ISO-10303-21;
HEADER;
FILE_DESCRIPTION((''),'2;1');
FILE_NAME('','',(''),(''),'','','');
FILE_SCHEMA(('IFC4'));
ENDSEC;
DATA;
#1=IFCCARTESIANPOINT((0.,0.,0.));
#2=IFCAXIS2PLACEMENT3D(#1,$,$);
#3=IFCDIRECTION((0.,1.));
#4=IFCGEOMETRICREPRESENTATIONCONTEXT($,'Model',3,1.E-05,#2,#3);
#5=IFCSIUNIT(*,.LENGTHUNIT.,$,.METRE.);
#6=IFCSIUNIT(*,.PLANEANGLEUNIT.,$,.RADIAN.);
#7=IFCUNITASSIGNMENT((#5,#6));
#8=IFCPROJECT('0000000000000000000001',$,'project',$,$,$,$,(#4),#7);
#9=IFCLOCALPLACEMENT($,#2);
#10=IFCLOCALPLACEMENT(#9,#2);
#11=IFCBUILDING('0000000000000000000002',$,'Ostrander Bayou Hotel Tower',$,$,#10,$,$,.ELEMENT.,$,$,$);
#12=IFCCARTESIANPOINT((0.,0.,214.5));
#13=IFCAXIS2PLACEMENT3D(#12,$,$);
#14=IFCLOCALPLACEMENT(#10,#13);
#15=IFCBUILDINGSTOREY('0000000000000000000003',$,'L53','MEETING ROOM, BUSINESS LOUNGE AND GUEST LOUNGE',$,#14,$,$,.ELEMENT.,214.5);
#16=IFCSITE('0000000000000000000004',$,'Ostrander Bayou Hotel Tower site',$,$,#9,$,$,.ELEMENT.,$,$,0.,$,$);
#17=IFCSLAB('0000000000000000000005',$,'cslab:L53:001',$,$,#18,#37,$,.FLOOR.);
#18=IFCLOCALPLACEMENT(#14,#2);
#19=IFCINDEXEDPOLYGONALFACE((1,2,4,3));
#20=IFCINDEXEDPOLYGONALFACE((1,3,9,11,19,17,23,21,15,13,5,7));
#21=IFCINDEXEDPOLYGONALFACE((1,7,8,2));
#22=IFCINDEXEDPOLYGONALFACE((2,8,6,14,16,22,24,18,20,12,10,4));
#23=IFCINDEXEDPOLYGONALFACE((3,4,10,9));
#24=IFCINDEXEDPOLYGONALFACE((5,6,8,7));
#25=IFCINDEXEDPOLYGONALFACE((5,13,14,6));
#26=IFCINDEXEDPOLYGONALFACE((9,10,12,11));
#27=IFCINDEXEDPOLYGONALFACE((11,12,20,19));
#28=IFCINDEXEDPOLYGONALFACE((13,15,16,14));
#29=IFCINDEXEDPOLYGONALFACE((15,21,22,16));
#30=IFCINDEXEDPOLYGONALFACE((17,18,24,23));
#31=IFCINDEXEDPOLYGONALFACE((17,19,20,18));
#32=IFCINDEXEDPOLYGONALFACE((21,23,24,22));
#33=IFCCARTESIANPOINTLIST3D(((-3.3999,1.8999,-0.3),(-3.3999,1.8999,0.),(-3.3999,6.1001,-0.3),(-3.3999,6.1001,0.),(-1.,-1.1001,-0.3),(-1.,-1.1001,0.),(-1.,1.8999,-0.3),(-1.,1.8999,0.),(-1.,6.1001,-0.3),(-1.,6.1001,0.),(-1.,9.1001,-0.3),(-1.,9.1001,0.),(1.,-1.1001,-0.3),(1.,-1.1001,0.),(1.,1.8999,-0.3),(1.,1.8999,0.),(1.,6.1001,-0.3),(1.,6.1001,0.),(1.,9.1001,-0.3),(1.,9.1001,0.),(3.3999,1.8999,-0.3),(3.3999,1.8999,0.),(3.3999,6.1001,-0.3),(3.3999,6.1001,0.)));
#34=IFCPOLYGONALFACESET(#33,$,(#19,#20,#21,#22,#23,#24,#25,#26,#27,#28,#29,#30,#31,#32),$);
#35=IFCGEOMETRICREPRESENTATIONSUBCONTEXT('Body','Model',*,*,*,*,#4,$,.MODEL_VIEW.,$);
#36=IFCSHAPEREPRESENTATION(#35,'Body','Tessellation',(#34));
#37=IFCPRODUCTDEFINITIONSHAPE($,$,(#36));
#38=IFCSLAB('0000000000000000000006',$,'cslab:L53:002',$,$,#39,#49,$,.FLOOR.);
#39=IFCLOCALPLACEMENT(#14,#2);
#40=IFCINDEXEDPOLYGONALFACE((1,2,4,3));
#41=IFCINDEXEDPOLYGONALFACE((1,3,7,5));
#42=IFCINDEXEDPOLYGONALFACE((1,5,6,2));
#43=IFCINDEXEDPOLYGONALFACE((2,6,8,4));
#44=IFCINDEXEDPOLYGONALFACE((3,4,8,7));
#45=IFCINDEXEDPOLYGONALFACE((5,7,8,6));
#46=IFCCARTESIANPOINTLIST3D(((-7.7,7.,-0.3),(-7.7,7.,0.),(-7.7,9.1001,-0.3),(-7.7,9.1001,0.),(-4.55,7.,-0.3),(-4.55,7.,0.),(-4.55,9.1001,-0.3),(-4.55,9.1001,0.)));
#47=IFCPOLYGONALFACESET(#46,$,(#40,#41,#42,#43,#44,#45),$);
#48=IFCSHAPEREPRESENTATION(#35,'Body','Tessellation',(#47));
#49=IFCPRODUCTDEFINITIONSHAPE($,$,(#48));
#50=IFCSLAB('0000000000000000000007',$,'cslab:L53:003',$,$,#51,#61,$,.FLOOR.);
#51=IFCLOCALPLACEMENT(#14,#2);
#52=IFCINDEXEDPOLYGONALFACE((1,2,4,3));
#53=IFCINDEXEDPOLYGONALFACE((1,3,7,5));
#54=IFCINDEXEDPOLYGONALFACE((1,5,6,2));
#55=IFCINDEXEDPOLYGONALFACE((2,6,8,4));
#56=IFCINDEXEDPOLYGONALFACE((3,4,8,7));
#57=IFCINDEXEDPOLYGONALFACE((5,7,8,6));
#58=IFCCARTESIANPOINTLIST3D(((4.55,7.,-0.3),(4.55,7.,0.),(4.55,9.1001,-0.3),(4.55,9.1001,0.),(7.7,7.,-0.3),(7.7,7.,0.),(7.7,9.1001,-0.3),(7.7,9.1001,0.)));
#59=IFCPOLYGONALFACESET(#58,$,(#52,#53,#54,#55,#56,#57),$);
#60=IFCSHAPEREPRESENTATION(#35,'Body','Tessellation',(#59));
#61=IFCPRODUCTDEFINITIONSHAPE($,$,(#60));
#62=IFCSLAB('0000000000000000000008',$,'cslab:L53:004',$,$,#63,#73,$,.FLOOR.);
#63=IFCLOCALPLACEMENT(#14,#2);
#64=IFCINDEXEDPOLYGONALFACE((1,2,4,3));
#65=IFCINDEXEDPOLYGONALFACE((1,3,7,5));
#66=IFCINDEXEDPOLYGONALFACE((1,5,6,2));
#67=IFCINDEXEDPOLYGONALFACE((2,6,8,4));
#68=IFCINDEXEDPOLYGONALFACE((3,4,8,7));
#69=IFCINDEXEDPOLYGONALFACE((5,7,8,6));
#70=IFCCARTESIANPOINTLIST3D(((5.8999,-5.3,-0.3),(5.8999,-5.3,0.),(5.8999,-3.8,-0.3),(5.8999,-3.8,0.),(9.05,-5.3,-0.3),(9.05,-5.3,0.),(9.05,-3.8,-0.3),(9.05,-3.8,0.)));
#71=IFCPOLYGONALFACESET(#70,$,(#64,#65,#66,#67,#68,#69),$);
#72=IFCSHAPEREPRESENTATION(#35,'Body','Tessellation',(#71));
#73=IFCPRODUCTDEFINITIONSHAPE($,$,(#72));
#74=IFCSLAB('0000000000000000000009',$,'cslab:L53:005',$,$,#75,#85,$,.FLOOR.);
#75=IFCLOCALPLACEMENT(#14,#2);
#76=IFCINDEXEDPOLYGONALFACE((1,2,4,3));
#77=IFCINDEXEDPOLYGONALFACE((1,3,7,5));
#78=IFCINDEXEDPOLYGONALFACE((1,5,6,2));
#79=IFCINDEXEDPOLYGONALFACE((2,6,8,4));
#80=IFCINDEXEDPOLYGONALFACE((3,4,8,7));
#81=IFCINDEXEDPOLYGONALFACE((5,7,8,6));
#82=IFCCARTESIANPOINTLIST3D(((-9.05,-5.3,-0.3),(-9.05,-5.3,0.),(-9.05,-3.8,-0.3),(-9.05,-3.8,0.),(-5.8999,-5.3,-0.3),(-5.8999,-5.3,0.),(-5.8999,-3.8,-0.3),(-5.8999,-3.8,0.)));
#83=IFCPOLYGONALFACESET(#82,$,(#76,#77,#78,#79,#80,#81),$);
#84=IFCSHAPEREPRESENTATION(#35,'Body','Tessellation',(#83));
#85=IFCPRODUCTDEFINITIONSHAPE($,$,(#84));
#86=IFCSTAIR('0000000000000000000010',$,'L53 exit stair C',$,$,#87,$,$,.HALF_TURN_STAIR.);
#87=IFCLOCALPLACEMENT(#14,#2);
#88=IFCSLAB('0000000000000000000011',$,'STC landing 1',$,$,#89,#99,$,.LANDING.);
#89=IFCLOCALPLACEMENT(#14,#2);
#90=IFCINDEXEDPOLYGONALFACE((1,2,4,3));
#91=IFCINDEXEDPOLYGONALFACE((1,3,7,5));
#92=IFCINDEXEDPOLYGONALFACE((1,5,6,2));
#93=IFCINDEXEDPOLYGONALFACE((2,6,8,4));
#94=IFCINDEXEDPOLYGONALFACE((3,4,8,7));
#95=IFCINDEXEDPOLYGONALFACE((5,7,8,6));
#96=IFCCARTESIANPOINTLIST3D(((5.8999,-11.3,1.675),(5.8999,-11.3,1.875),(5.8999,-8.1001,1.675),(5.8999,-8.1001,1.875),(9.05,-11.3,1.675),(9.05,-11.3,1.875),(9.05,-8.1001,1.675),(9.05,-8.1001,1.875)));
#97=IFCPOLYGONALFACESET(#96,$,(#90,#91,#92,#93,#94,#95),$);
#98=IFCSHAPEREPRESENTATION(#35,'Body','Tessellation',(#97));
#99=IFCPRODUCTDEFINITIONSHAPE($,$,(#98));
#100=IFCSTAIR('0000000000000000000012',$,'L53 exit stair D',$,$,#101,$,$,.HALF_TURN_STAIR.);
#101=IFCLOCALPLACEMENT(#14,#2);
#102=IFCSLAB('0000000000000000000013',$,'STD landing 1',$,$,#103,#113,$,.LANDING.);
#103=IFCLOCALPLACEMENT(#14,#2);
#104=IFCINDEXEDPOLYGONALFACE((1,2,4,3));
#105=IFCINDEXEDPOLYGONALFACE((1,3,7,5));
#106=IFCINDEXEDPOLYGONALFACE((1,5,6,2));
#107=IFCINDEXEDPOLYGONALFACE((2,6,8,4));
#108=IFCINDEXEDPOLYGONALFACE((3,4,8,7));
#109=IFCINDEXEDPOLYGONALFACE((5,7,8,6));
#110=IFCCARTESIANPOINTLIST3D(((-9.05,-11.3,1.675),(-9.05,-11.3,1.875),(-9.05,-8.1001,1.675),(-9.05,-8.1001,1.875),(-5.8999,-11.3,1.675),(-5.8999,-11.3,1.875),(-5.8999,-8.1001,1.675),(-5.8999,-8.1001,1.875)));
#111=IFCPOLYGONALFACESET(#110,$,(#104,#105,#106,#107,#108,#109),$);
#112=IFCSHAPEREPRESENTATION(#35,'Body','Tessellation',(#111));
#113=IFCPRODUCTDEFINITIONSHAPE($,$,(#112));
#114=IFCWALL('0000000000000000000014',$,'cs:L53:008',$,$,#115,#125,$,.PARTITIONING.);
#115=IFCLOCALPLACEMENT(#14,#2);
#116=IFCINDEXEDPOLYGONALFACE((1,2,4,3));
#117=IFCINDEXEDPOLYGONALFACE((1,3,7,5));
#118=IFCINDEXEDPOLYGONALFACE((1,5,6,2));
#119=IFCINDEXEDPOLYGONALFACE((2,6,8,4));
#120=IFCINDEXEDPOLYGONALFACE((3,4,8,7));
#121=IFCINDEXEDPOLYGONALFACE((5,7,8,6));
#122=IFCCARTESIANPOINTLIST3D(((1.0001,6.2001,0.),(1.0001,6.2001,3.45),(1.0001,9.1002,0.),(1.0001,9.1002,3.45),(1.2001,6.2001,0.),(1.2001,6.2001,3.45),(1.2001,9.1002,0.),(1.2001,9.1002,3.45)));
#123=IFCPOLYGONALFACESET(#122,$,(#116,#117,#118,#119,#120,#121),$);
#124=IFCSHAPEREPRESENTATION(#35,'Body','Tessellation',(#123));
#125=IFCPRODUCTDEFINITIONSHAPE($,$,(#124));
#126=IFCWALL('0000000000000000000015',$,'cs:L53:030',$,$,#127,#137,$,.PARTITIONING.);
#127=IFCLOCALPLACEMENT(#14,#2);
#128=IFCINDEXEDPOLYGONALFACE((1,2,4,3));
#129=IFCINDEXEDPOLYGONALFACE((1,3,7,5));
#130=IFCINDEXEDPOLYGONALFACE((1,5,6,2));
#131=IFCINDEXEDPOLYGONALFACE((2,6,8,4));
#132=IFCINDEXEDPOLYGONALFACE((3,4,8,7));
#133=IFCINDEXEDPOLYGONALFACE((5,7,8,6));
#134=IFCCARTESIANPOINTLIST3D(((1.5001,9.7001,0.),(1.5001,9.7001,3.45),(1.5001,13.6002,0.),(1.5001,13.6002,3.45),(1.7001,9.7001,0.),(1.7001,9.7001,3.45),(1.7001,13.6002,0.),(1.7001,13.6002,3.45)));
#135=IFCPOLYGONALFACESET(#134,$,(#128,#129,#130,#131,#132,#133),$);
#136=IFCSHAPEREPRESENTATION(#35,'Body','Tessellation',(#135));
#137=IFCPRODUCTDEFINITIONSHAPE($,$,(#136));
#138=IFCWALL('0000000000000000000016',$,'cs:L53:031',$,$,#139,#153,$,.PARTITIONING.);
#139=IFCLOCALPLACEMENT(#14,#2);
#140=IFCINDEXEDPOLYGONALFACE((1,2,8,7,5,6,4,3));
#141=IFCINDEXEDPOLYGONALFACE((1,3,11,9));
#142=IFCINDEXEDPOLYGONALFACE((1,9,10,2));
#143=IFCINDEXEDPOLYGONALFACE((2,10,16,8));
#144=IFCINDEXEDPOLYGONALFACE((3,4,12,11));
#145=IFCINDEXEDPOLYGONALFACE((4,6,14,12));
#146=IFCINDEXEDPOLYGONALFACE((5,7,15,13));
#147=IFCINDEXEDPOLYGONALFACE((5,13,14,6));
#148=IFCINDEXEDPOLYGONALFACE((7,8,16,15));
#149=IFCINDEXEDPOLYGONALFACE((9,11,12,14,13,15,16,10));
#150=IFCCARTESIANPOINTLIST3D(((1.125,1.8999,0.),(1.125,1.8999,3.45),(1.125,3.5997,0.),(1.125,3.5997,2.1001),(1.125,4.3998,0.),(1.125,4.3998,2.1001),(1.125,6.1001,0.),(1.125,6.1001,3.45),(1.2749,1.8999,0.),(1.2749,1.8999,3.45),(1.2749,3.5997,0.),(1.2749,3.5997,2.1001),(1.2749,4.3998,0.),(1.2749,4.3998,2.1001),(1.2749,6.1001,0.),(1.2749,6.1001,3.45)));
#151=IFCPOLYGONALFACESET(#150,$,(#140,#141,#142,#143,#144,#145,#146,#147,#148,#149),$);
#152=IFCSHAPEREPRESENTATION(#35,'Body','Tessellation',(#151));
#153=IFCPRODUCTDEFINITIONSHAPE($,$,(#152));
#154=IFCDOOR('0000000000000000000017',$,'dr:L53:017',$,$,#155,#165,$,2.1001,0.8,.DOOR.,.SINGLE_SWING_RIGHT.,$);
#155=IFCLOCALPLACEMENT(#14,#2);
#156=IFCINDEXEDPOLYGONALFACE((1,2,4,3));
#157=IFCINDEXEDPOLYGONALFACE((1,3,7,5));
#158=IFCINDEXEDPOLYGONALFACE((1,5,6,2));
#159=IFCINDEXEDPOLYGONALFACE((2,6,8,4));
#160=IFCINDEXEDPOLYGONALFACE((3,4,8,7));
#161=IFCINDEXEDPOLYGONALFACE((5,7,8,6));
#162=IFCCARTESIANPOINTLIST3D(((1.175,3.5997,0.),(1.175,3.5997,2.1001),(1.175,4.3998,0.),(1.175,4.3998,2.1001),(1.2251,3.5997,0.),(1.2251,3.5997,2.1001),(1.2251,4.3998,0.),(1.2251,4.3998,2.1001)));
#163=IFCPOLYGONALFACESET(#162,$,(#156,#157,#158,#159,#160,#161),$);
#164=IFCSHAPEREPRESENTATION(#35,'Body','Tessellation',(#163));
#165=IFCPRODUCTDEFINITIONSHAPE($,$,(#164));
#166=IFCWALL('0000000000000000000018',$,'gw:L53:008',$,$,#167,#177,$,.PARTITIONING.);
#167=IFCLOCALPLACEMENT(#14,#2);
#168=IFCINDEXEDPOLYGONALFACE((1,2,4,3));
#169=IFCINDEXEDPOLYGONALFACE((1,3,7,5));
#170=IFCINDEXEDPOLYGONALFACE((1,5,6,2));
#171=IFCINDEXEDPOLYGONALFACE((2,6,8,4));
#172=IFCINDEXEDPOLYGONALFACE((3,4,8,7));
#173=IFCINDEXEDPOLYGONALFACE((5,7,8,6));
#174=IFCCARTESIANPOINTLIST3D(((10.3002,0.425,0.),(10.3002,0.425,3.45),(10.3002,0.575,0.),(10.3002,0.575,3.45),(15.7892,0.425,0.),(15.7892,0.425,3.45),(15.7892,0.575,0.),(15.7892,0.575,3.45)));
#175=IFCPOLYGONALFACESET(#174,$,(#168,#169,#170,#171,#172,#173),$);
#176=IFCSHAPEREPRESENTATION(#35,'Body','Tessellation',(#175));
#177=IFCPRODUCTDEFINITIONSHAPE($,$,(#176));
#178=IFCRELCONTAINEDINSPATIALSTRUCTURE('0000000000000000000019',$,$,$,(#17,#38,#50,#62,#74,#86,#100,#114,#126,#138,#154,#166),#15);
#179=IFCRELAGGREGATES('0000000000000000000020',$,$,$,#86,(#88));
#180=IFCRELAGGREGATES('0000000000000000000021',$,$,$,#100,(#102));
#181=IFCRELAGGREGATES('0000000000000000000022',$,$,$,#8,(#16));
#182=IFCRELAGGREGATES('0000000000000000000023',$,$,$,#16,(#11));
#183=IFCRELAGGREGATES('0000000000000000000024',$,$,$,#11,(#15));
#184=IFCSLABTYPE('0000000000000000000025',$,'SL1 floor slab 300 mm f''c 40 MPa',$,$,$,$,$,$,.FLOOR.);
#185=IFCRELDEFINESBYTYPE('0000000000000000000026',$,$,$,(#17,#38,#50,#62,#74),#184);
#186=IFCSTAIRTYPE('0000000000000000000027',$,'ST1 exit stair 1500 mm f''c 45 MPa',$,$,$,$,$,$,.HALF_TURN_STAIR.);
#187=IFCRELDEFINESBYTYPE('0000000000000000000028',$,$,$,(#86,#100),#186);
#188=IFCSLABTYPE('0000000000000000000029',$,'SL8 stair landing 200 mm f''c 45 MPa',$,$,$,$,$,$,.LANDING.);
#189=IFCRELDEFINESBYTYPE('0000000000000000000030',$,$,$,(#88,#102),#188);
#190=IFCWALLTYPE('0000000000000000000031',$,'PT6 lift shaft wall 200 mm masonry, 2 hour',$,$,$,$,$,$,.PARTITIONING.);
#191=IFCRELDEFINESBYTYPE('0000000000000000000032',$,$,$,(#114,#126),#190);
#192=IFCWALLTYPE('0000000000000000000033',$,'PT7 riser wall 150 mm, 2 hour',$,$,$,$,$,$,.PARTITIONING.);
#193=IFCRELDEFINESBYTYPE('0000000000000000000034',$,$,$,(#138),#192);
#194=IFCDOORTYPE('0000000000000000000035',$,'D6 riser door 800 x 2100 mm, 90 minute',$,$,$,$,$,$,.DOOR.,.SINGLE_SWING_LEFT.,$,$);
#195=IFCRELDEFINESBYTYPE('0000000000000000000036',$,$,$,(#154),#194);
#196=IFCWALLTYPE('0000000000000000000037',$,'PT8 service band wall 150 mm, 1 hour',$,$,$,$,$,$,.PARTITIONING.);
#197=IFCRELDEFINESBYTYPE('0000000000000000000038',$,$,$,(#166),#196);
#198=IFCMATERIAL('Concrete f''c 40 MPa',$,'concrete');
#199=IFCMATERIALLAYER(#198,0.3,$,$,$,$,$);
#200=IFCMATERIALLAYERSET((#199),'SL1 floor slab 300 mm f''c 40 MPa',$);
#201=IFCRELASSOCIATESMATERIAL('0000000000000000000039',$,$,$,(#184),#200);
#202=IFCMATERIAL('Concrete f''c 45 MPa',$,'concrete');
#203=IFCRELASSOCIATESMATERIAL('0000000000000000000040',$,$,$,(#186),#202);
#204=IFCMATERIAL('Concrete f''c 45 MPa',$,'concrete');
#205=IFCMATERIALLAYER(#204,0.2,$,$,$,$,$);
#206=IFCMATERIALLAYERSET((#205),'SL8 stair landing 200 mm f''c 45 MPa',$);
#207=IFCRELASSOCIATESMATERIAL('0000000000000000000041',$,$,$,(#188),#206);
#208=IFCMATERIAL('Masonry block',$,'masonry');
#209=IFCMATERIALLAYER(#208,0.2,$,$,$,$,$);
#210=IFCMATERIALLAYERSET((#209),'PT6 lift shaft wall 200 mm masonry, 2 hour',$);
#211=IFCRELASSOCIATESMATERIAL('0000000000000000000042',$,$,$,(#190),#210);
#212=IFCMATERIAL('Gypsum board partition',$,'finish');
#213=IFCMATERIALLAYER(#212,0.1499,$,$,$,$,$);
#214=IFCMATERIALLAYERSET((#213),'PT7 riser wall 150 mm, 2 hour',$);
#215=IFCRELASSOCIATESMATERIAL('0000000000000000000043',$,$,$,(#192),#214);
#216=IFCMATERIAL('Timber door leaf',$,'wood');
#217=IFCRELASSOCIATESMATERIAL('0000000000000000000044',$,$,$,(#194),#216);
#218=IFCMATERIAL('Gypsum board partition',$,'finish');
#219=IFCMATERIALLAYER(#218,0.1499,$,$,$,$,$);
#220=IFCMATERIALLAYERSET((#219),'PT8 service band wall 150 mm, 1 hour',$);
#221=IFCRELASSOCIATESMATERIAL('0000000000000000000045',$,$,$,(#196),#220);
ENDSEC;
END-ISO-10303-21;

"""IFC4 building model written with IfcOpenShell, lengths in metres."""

from ifc_helpers import new_model, si_unit, direction, frame, frame_2d, origin, place, context, subcontext, project, spatial, polyline, rectangle, outline, extrude, material, layer, layer_set, type_object, element, fill, aggregate, save


model = new_model("IFC4")

# Units and contexts
model_context = context("Model", 3, precision=1e-05, world=origin(), true_north=direction((0.0, 1.0)))
body_context = subcontext(model_context, "Body", "Model", "MODEL_VIEW")
ifc_project = project(units=[si_unit("LENGTHUNIT", "METRE"), si_unit("PLANEANGLEUNIT", "RADIAN")], contexts=[model_context])

# Site, building, storey
site_placement = place(None, origin())
site = spatial("IfcSite", under=ifc_project, at=site_placement, Name="Ostrander Bayou Hotel Tower site", CompositionType="ELEMENT", RefElevation=0.0)
building_placement = place(site_placement, origin())
building = spatial("IfcBuilding", under=site, at=building_placement, Name="Ostrander Bayou Hotel Tower", CompositionType="ELEMENT")
storey_placement = place(building_placement, frame((0.0, 0.0, 214.5)))
storey = spatial("IfcBuildingStorey", under=building, at=storey_placement, Name="L53", Description="MEETING ROOM, BUSINESS LOUNGE AND GUEST LOUNGE", CompositionType="ELEMENT", Elevation=214.5)

# Slabs
ifc_material_1 = material(Name="Concrete f'c 40 MPa", Category="concrete")
ifc_layer_1 = layer(ifc_material_1, 0.3)
ifc_layer_set_1 = layer_set([ifc_layer_1], Name="SL1 floor slab 300 mm f'c 40 MPa")
slab_type_1 = type_object("IfcSlabType", Name="SL1 floor slab 300 mm f'c 40 MPa", PredefinedType="FLOOR", material=ifc_layer_set_1)
slab_1_placement = place(storey_placement, frame((0.0, 0.0, -0.3)))
element("IfcSlab", 1, at=slab_1_placement, inside=storey, type_object=slab_type_1, Name="cslab:L53:001", PredefinedType="FLOOR", context=body_context, shape_type="SweptSolid", body=[
    extrude(outline(polyline([(-3.3999, 6.1001), (-1.0, 6.1001), (-1.0, 9.1001), (1.0, 9.1001), (1.0, 6.1001), (3.3999, 6.1001), (3.3999, 1.8999), (1.0, 1.8999), (1.0, -1.1001), (-1.0, -1.1001), (-1.0, 1.8999), (-3.3999, 1.8999), (-3.3999, 6.1001)])), origin(), (0.0, 0.0, 1.0), 0.3),
])
slab_2_placement = place(storey_placement, frame((0.0, 0.0, -0.3)))
element("IfcSlab", 2, at=slab_2_placement, inside=storey, type_object=slab_type_1, Name="cslab:L53:002", PredefinedType="FLOOR", context=body_context, shape_type="SweptSolid", body=[
    extrude(outline(polyline([(-4.55, 7.0), (-4.55, 9.1001), (-7.7, 9.1001), (-7.7, 7.0), (-4.55, 7.0)])), origin(), (0.0, 0.0, 1.0), 0.3),
])
slab_3_placement = place(storey_placement, frame((0.0, 0.0, -0.3)))
element("IfcSlab", 3, at=slab_3_placement, inside=storey, type_object=slab_type_1, Name="cslab:L53:003", PredefinedType="FLOOR", context=body_context, shape_type="SweptSolid", body=[
    extrude(outline(polyline([(7.7, 7.0), (7.7, 9.1001), (4.55, 9.1001), (4.55, 7.0), (7.7, 7.0)])), origin(), (0.0, 0.0, 1.0), 0.3),
])
slab_4_placement = place(storey_placement, frame((0.0, 0.0, -0.3)))
element("IfcSlab", 4, at=slab_4_placement, inside=storey, type_object=slab_type_1, Name="cslab:L53:004", PredefinedType="FLOOR", context=body_context, shape_type="SweptSolid", body=[
    extrude(outline(polyline([(9.05, -5.3), (9.05, -3.8), (5.8999, -3.8), (5.8999, -5.3), (9.05, -5.3)])), origin(), (0.0, 0.0, 1.0), 0.3),
])
slab_5_placement = place(storey_placement, frame((0.0, 0.0, -0.3)))
element("IfcSlab", 5, at=slab_5_placement, inside=storey, type_object=slab_type_1, Name="cslab:L53:005", PredefinedType="FLOOR", context=body_context, shape_type="SweptSolid", body=[
    extrude(outline(polyline([(-5.8999, -5.3), (-5.8999, -3.8), (-9.05, -3.8), (-9.05, -5.3), (-5.8999, -5.3)])), origin(), (0.0, 0.0, 1.0), 0.3),
])

# Stairs, slabs
ifc_material_2 = material(Name="Concrete f'c 45 MPa", Category="concrete")
stair_type = type_object("IfcStairType", Name="ST1 exit stair 1500 mm f'c 45 MPa", PredefinedType="HALF_TURN_STAIR", material=ifc_material_2)
stair_1_placement = place(storey_placement, origin())
stair_1 = element("IfcStair", 6, at=stair_1_placement, inside=storey, type_object=stair_type, Name="L53 exit stair C", PredefinedType="HALF_TURN_STAIR")
ifc_material_3 = material(Name="Concrete f'c 45 MPa", Category="concrete")
ifc_layer_2 = layer(ifc_material_3, 0.2)
ifc_layer_set_2 = layer_set([ifc_layer_2], Name="SL8 stair landing 200 mm f'c 45 MPa")
slab_type_2 = type_object("IfcSlabType", Name="SL8 stair landing 200 mm f'c 45 MPa", PredefinedType="LANDING", material=ifc_layer_set_2)
slab_6_placement = place(storey_placement, frame((0.0, 0.0, 1.675)))
slab_6 = element("IfcSlab", 7, at=slab_6_placement, type_object=slab_type_2, Name="STC landing 1", PredefinedType="LANDING", context=body_context, shape_type="SweptSolid", body=[
    extrude(outline(polyline([(5.8999, -8.1001), (5.8999, -11.3), (9.05, -11.3), (9.05, -8.1001), (5.8999, -8.1001)])), origin(), (0.0, 0.0, 1.0), 0.2),
])
aggregate(stair_1, [slab_6])
stair_2_placement = place(storey_placement, origin())
stair_2 = element("IfcStair", 8, at=stair_2_placement, inside=storey, type_object=stair_type, Name="L53 exit stair D", PredefinedType="HALF_TURN_STAIR")
slab_7_placement = place(storey_placement, frame((0.0, 0.0, 1.675)))
slab_7 = element("IfcSlab", 9, at=slab_7_placement, type_object=slab_type_2, Name="STD landing 1", PredefinedType="LANDING", context=body_context, shape_type="SweptSolid", body=[
    extrude(outline(polyline([(-9.05, -8.1001), (-9.05, -11.3), (-5.8999, -11.3), (-5.8999, -8.1001), (-9.05, -8.1001)])), origin(), (0.0, 0.0, 1.0), 0.2),
])
aggregate(stair_2, [slab_7])

# Shared definitions
ifc_material_4 = material(Name="Masonry block", Category="masonry")
ifc_layer_3 = layer(ifc_material_4, 0.2)
ifc_layer_set_3 = layer_set([ifc_layer_3], Name="PT6 lift shaft wall 200 mm masonry, 2 hour")
wall_type_1 = type_object("IfcWallType", Name="PT6 lift shaft wall 200 mm masonry, 2 hour", PredefinedType="PARTITIONING", material=ifc_layer_set_3)

# Walls
wall_1_placement = place(storey_placement, frame((1.1001, 6.2, 0.0), z_axis=(0.0, 0.0, 1.0), x_axis=(0.0, 1.0, 0.0)))
element("IfcWall", 10, at=wall_1_placement, inside=storey, type_object=wall_type_1, Name="cs:L53:008", PredefinedType="PARTITIONING", context=body_context, shape_type="SweptSolid", body=[
    extrude(rectangle(XDim=2.9001, YDim=0.2, at=frame_2d((1.4502, 0.0))), origin(), (0.0, 0.0, 1.0), 3.45),
])
wall_2_placement = place(storey_placement, frame((1.6001, 9.7, 0.0), z_axis=(0.0, 0.0, 1.0), x_axis=(0.0, 1.0, 0.0)))
element("IfcWall", 11, at=wall_2_placement, inside=storey, type_object=wall_type_1, Name="cs:L53:030", PredefinedType="PARTITIONING", context=body_context, shape_type="SweptSolid", body=[
    extrude(rectangle(XDim=3.9001, YDim=0.2, at=frame_2d((1.9502, 0.0))), origin(), (0.0, 0.0, 1.0), 3.45),
])

# Wall, opening, door
ifc_material_5 = material(Name="Gypsum board partition", Category="finish")
ifc_layer_4 = layer(ifc_material_5, 0.1499)
ifc_layer_set_4 = layer_set([ifc_layer_4], Name="PT7 riser wall 150 mm, 2 hour")
wall_type_2 = type_object("IfcWallType", Name="PT7 riser wall 150 mm, 2 hour", PredefinedType="PARTITIONING", material=ifc_layer_set_4)
wall_3_placement = place(storey_placement, frame((1.2, 1.8999, 0.0), z_axis=(0.0, 0.0, 1.0), x_axis=(0.0, 1.0, 0.0)))
wall_3 = element("IfcWall", 12, at=wall_3_placement, inside=storey, type_object=wall_type_2, Name="cs:L53:031", PredefinedType="PARTITIONING", context=body_context, shape_type="SweptSolid", body=[
    extrude(rectangle(XDim=4.2002, YDim=0.1499, at=frame_2d((2.1001, 0.0))), origin(), (0.0, 0.0, 1.0), 3.45),
])
opening_1_placement = place(wall_3_placement, frame((1.7, 0.0, 0.0)))
opening_1 = element("IfcOpeningElement", 13, at=opening_1_placement, cuts=wall_3, PredefinedType="OPENING", context=body_context, shape_type="SweptSolid", body=[
    extrude(rectangle(XDim=0.8, YDim=2.1001, at=frame_2d((0.3999, 1.05))), frame((0.0, 0.075, 0.0), z_axis=(0.0, -1.0, 0.0), x_axis=(1.0, 0.0, 0.0)), (0.0, 0.0, 1.0), 0.1499),
])
ifc_material_6 = material(Name="Timber door leaf", Category="wood")
door_type_1 = type_object("IfcDoorType", Name="D6 riser door 800 x 2100 mm, 90 minute", OperationType="SINGLE_SWING_LEFT", PredefinedType="DOOR", material=ifc_material_6)
door_1_placement = place(opening_1_placement, origin())
door_1 = element("IfcDoor", 14, at=door_1_placement, inside=storey, type_object=door_type_1, Name="dr:L53:017", OperationType="SINGLE_SWING_RIGHT", OverallHeight=2.1001, OverallWidth=0.8, PredefinedType="DOOR", context=body_context, shape_type="SweptSolid", body=[
    extrude(rectangle(XDim=0.8, YDim=2.1001, at=frame_2d((0.3999, 1.05))), frame((0.0, 0.0249, 0.0), z_axis=(0.0, -1.0, 0.0), x_axis=(1.0, 0.0, 0.0)), (0.0, 0.0, 1.0), 0.05),
])
fill(opening_1, door_1)

# Wall
ifc_material_7 = material(Name="Gypsum board partition", Category="finish")
ifc_layer_5 = layer(ifc_material_7, 0.1499)
ifc_layer_set_5 = layer_set([ifc_layer_5], Name="PT8 service band wall 150 mm, 1 hour")
wall_type_3 = type_object("IfcWallType", Name="PT8 service band wall 150 mm, 1 hour", PredefinedType="PARTITIONING", material=ifc_layer_set_5)
wall_4_placement = place(storey_placement, frame((10.3, 0.5, 0.0), z_axis=(0.0, 0.0, 1.0), x_axis=(1.0, 0.0, 0.0)))
element("IfcWall", 15, at=wall_4_placement, inside=storey, type_object=wall_type_3, Name="gw:L53:008", PredefinedType="PARTITIONING", context=body_context, shape_type="SweptSolid", body=[
    extrude(rectangle(XDim=5.489, YDim=0.1499, at=frame_2d((2.7446, 0.0))), origin(), (0.0, 0.0, 1.0), 3.45),
])

save(model, "model.ifc")
